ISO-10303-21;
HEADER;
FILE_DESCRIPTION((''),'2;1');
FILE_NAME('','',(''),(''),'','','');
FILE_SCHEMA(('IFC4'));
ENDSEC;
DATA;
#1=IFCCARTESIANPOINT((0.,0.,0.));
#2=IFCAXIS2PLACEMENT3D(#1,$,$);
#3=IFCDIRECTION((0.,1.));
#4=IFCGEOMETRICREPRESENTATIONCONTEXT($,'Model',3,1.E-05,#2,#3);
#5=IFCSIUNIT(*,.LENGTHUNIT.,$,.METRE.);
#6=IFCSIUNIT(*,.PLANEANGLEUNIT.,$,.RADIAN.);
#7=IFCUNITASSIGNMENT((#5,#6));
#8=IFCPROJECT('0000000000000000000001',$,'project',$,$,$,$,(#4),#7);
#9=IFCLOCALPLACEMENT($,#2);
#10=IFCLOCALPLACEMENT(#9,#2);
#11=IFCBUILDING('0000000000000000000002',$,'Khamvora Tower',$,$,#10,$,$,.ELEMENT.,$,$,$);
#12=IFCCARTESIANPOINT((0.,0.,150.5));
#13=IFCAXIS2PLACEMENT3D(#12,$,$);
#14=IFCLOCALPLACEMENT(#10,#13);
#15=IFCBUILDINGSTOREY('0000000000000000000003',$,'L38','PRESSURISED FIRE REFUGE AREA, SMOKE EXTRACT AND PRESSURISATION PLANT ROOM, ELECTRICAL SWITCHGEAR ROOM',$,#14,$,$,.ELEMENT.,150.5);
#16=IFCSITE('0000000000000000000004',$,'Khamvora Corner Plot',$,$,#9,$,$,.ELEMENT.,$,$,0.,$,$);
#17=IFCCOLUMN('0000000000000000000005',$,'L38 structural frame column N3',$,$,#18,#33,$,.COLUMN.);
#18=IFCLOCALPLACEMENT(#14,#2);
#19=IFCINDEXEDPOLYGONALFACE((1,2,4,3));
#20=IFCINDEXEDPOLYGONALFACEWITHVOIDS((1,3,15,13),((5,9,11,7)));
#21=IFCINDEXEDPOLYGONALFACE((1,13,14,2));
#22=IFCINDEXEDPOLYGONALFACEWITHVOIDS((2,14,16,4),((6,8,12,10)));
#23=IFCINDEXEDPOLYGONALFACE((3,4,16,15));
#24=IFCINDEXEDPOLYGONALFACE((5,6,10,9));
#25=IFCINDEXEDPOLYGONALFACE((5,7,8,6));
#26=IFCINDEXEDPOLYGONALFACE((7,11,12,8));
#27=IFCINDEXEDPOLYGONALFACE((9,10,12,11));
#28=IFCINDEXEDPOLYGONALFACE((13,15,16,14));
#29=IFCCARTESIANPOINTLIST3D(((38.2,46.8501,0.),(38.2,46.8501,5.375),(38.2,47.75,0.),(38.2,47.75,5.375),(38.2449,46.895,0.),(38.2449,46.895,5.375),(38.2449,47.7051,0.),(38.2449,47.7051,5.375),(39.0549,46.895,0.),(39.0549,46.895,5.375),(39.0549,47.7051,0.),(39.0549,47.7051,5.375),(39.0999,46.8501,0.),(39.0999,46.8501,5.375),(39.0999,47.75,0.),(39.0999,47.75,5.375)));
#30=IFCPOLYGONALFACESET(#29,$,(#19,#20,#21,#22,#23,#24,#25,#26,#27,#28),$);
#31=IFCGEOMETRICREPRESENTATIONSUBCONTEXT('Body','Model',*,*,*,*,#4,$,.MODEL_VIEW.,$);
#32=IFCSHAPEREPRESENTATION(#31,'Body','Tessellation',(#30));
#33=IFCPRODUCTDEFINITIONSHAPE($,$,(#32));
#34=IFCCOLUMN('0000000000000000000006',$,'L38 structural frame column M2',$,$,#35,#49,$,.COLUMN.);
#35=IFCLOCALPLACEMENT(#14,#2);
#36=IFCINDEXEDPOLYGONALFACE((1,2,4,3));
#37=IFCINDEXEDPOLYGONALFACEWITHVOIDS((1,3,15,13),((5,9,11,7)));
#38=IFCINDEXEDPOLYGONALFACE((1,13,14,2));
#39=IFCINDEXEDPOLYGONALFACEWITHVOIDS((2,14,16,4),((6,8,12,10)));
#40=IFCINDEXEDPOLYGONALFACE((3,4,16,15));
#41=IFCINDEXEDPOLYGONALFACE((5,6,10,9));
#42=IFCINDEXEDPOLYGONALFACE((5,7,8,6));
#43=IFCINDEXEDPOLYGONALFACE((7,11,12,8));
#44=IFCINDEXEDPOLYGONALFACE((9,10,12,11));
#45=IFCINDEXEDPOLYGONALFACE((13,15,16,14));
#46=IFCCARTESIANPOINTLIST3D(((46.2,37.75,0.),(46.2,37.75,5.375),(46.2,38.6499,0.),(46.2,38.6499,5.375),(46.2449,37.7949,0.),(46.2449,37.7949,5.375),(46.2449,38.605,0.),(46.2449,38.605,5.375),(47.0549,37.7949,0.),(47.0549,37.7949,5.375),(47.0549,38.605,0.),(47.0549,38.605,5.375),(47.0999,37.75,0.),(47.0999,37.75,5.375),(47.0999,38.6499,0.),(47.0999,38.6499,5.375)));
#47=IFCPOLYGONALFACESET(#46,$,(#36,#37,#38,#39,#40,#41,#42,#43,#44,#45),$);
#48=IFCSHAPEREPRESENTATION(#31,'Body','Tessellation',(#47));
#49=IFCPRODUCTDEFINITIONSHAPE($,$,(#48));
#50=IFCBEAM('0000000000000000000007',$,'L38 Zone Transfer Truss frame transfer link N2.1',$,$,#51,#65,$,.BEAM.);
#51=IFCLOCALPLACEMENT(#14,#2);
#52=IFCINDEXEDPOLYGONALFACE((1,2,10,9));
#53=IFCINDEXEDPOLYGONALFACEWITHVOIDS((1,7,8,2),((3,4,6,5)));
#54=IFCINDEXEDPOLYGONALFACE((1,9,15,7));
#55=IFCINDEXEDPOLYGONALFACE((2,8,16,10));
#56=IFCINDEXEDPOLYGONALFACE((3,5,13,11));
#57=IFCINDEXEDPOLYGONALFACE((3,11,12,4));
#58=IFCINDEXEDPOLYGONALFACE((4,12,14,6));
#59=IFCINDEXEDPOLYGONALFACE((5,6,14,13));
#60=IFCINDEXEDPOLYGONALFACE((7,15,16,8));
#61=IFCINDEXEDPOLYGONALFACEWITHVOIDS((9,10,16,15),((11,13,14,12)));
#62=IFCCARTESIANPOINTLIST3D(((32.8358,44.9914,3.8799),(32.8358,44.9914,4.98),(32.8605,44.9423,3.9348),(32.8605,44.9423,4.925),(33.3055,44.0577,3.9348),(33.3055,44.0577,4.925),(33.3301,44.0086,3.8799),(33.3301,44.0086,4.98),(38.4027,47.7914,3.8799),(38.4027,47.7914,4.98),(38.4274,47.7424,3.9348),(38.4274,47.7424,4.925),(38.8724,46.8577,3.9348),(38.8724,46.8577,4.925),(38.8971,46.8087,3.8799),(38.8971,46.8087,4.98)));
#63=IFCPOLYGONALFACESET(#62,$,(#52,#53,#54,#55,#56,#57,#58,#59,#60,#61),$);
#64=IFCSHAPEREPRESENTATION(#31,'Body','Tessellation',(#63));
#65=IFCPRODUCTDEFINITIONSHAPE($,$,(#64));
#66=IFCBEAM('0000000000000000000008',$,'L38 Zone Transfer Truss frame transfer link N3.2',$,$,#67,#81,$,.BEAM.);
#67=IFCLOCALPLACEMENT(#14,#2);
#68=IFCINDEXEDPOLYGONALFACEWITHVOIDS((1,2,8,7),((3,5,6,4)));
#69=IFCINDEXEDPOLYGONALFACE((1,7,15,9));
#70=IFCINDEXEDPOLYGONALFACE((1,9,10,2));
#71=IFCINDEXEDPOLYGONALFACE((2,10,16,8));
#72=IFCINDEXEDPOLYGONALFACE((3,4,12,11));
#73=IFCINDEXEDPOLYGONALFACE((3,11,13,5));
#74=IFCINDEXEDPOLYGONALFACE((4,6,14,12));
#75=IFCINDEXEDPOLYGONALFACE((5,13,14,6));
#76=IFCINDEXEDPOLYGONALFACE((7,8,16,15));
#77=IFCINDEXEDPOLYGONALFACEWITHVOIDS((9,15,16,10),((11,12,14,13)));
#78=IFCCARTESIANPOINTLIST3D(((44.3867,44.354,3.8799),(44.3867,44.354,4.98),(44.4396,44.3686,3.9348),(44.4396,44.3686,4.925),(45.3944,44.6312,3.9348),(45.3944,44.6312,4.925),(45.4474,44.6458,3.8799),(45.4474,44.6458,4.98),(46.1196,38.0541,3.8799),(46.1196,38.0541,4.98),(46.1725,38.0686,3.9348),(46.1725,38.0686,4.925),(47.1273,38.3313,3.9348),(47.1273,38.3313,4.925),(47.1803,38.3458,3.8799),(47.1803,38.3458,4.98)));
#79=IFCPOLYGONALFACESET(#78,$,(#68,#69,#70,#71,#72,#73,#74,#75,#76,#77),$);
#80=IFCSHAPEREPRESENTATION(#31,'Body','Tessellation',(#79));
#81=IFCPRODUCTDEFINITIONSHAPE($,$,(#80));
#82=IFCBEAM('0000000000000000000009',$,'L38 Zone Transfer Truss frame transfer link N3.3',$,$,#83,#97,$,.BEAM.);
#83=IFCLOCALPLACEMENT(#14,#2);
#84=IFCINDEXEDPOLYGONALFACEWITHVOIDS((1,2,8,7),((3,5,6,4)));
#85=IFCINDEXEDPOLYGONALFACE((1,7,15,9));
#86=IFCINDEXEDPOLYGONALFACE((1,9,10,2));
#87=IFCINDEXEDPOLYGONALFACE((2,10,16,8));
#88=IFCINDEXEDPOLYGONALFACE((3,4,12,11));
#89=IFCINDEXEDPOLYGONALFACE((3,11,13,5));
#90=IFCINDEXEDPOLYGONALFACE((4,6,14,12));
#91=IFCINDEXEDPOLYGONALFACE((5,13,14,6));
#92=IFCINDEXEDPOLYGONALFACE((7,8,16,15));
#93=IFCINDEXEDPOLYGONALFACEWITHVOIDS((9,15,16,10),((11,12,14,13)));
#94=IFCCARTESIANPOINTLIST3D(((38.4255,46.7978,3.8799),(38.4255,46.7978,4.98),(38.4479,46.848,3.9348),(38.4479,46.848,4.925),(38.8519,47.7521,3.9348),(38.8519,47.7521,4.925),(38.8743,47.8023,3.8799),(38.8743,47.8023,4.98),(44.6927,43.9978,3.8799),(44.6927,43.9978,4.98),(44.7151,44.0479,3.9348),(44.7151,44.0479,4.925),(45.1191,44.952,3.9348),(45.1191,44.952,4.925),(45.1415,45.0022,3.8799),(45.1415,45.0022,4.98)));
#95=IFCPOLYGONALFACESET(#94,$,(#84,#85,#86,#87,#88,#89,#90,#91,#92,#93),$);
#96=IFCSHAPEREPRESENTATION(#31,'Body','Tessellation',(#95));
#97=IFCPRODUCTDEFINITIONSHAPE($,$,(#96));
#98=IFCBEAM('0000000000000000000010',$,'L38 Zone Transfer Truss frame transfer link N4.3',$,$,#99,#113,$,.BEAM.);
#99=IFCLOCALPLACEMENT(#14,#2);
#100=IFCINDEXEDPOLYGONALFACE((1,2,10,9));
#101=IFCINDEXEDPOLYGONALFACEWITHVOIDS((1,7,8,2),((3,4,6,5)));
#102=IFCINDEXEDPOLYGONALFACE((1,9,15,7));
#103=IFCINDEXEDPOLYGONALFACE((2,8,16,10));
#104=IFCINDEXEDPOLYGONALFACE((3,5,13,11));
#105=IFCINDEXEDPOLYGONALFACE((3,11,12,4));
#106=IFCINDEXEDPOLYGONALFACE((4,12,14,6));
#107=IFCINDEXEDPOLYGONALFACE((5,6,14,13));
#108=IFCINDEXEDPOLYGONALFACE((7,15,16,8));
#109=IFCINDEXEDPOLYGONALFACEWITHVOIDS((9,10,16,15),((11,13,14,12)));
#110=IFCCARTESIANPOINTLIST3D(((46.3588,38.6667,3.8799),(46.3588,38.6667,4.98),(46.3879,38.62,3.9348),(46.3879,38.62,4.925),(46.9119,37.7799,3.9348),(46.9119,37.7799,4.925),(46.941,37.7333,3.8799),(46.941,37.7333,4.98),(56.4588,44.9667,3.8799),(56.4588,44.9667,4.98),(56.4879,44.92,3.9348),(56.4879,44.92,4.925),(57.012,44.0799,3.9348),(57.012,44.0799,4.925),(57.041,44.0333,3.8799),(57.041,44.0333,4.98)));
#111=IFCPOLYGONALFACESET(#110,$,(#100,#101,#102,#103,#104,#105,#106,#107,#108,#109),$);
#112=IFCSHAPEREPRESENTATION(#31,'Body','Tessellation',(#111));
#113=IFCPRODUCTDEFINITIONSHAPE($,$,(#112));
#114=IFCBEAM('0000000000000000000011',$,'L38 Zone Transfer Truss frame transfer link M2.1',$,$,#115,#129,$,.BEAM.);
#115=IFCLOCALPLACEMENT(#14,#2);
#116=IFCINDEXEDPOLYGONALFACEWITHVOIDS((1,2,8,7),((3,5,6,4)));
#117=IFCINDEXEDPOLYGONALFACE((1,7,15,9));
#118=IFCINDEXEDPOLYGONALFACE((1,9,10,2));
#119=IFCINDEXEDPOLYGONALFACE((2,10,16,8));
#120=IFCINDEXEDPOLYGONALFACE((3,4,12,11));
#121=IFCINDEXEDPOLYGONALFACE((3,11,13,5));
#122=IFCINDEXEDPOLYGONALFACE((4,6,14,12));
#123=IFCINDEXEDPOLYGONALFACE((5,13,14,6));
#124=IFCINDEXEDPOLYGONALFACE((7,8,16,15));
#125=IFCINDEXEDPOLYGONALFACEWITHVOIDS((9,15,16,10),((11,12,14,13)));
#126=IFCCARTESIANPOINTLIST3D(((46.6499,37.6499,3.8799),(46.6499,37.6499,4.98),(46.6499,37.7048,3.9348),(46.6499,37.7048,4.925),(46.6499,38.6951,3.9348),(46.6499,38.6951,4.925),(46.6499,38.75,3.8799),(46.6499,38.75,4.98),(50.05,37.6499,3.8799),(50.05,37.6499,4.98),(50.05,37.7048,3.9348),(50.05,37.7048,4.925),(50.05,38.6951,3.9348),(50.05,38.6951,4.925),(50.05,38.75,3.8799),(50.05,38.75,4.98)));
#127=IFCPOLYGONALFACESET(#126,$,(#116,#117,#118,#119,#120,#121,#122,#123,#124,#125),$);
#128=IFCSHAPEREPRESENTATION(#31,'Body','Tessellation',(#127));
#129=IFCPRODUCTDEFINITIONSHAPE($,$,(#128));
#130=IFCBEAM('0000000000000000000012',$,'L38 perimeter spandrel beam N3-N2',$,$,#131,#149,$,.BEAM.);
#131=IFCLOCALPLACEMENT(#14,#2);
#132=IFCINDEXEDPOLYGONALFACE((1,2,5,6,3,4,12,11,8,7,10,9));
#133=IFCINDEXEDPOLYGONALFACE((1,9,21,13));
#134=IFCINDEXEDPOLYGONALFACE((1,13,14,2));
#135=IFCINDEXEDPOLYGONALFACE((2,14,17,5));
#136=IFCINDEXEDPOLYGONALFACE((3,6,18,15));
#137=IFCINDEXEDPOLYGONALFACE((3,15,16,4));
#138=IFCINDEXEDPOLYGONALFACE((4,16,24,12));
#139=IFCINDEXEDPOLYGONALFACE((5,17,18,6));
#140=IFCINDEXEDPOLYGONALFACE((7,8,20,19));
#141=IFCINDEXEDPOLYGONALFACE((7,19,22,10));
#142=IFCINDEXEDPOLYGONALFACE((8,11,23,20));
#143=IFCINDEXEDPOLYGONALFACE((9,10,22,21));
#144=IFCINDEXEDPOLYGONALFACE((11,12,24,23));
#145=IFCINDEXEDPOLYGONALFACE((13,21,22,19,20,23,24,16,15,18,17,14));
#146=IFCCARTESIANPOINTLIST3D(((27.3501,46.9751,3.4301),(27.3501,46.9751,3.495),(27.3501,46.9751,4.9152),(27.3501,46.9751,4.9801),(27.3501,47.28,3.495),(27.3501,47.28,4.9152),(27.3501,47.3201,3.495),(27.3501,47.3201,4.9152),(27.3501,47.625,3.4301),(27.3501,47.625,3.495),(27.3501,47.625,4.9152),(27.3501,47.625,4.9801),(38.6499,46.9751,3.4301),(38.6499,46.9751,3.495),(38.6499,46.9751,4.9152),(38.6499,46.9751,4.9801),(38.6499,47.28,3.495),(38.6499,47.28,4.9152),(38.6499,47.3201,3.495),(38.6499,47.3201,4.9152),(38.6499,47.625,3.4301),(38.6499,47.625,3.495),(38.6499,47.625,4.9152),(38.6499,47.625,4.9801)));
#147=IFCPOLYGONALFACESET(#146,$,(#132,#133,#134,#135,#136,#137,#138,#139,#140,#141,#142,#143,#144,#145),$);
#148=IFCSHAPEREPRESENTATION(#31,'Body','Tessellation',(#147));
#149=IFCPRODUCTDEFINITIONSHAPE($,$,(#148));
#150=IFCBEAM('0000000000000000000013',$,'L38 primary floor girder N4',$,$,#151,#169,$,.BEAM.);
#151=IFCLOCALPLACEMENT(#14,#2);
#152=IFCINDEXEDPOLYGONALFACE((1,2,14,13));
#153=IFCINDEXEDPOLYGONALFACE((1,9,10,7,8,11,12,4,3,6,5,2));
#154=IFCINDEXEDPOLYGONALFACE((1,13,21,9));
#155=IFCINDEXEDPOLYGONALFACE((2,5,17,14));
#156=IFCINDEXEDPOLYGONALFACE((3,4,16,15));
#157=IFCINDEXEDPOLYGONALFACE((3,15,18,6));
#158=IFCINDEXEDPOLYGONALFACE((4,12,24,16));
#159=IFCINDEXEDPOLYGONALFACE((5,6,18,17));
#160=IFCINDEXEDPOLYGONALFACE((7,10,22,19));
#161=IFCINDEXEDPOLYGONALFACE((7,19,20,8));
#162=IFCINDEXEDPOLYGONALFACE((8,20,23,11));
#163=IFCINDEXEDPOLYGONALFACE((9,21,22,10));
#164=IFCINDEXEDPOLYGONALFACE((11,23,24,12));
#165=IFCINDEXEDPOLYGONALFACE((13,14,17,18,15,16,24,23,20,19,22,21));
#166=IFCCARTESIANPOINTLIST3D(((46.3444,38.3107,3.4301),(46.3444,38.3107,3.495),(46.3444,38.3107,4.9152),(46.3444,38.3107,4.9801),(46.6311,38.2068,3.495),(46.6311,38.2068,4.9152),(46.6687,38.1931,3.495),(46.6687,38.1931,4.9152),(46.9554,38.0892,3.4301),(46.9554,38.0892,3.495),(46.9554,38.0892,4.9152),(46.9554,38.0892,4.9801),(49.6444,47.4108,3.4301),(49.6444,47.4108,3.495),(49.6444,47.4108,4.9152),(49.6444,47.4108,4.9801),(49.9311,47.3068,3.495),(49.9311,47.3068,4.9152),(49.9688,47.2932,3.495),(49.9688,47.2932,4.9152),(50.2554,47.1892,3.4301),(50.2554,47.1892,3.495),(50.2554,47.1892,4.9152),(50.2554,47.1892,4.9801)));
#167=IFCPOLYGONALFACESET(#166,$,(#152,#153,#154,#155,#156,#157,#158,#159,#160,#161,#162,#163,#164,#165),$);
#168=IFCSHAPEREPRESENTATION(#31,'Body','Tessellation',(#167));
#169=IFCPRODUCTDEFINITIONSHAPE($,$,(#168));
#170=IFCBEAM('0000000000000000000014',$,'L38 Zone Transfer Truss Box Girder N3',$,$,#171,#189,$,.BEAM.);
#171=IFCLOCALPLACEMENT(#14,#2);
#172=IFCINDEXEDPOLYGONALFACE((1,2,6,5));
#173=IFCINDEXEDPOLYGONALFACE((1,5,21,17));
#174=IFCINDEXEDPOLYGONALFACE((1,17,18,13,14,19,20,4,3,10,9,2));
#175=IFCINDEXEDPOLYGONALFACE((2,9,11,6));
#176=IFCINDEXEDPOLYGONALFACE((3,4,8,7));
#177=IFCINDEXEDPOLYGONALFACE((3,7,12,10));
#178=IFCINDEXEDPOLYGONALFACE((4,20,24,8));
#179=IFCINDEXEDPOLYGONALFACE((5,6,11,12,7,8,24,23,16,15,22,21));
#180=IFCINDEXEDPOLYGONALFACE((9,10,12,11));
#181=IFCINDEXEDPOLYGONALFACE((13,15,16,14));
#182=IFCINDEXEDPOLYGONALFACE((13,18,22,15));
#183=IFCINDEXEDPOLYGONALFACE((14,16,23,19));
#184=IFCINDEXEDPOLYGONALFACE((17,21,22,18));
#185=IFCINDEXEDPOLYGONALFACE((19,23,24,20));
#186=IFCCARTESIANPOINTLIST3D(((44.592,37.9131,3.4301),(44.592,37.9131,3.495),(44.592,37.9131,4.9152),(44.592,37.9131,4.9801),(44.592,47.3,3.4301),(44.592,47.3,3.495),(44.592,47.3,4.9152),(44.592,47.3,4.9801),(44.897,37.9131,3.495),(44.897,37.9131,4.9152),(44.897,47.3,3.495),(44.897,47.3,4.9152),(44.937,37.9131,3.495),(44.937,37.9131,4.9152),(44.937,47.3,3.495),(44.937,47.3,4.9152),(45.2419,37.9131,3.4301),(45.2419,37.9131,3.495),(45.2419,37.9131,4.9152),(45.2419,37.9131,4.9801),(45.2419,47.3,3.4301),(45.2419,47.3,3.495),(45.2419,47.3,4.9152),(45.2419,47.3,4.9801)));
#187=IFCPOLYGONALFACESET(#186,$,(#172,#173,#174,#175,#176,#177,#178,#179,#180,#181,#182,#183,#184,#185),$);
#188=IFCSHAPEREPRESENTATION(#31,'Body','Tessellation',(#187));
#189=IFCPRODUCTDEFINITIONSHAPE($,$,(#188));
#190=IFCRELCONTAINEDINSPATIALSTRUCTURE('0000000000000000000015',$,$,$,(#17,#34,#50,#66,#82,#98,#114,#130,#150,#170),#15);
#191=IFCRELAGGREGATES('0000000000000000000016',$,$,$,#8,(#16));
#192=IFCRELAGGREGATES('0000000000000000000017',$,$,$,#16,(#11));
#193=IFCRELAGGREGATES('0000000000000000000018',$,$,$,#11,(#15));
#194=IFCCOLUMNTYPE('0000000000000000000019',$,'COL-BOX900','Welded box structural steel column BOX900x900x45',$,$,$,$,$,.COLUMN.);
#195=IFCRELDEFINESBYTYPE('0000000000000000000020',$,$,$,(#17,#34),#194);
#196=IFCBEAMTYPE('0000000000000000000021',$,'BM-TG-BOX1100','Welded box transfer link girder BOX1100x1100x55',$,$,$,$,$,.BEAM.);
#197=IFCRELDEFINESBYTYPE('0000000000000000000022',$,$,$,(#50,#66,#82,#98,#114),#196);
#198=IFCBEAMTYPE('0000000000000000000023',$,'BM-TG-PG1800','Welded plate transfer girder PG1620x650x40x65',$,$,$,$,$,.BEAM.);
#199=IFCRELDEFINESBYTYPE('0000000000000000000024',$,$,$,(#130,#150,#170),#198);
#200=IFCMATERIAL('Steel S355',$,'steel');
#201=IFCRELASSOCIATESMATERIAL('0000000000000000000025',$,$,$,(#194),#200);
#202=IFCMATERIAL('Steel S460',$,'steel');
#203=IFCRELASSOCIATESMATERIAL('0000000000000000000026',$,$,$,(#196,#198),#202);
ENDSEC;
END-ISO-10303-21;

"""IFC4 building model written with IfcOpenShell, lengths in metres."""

from ifc_helpers import new_model, si_unit, direction, frame, origin, origin_2d, place, context, subcontext, project, spatial, hollow_rectangle, i_section, extrude, material, material_profile, profile_set, type_object, element, save


model = new_model("IFC4")

# Units and contexts
model_context = context("Model", 3, precision=1e-05, world=origin(), true_north=direction((0.0, 1.0)))
body_context = subcontext(model_context, "Body", "Model", "MODEL_VIEW")
ifc_project = project(units=[si_unit("LENGTHUNIT", "METRE"), si_unit("PLANEANGLEUNIT", "RADIAN")], contexts=[model_context])

# Site, building, storey
site_placement = place(None, origin())
site = spatial("IfcSite", under=ifc_project, at=site_placement, Name="Khamvora Corner Plot", CompositionType="ELEMENT", RefElevation=0.0)
building_placement = place(site_placement, origin())
building = spatial("IfcBuilding", under=site, at=building_placement, Name="Khamvora Tower", CompositionType="ELEMENT")
storey_placement = place(building_placement, frame((0.0, 0.0, 150.5)))
storey = spatial("IfcBuildingStorey", under=building, at=storey_placement, Name="L38", Description="PRESSURISED FIRE REFUGE AREA, SMOKE EXTRACT AND PRESSURISATION PLANT ROOM, ELECTRICAL SWITCHGEAR ROOM", CompositionType="ELEMENT", Elevation=150.5)

# Columns
ifc_material_1 = material(Name="Steel S355", Category="steel")
ifc_material_profile_1 = material_profile(ifc_material_1, hollow_rectangle(XDim=0.8999, YDim=0.8999, WallThickness=0.0449, at=origin_2d()), Name="BOX900x900x45")
ifc_profile_set_1 = profile_set([ifc_material_profile_1], Name="Steel S355")
column_type = type_object("IfcColumnType", Name="COL-BOX900", Description="Welded box structural steel column BOX900x900x45", PredefinedType="COLUMN", material=ifc_profile_set_1)
for number, where, z_axis, x_axis, name in (
    (1, (38.6499, 47.3, 0.0), (0.0, 0.0, 1.0), (1.0, 0.0, 0.0), "L38 structural frame column N3"),
    (2, (46.6499, 38.2, 0.0), (0.0, 0.0, 1.0), (1.0, 0.0, 0.0), "L38 structural frame column M2"),
):
    element("IfcColumn", number, at=place(storey_placement, frame(where, z_axis=z_axis, x_axis=x_axis)), inside=storey, type_object=column_type, Name=name, PredefinedType="COLUMN", context=body_context, shape_type="SweptSolid", body=[
        extrude(hollow_rectangle(XDim=0.8999, YDim=0.8999, WallThickness=0.0449, at=origin_2d()), origin(), (0.0, 0.0, 1.0), 5.375),
    ])

# Beams
ifc_material_2 = material(Name="Steel S460", Category="steel")
ifc_material_profile_2 = material_profile(ifc_material_2, hollow_rectangle(XDim=1.1001, YDim=1.1001, WallThickness=0.0549, at=origin_2d()), Name="BOX1100x1100x55")
ifc_profile_set_2 = profile_set([ifc_material_profile_2], Name="Steel S460")
beam_type_1 = type_object("IfcBeamType", Name="BM-TG-BOX1100", Description="Welded box transfer link girder BOX1100x1100x55", PredefinedType="BEAM", material=ifc_profile_set_2)
beam_1_placement = place(storey_placement, frame((38.6499, 47.3, 4.4299), z_axis=(-0.893359, -0.449344, 0.0), x_axis=(0.449344, -0.893359, 0.0)))
element("IfcBeam", 3, at=beam_1_placement, inside=storey, type_object=beam_type_1, Name="L38 Zone Transfer Truss frame transfer link N2.1", PredefinedType="BEAM", context=body_context, shape_type="SweptSolid", body=[
    extrude(hollow_rectangle(XDim=1.1001, YDim=1.1001, WallThickness=0.0549, at=origin_2d()), origin(), (0.0, 0.0, 1.0), 6.2314),
])
beam_2_placement = place(storey_placement, frame((46.6499, 38.2, 4.4299), z_axis=(-0.265213, 0.96419, 0.0), x_axis=(-0.96419, -0.265213, 0.0)))
element("IfcBeam", 4, at=beam_2_placement, inside=storey, type_object=beam_type_1, Name="L38 Zone Transfer Truss frame transfer link N3.2", PredefinedType="BEAM", context=body_context, shape_type="SweptSolid", body=[
    extrude(hollow_rectangle(XDim=1.1001, YDim=1.1001, WallThickness=0.0549, at=origin_2d()), origin(), (0.0, 0.0, 1.0), 6.5339),
])
beam_3_placement = place(storey_placement, frame((38.6499, 47.3, 4.4299), z_axis=(0.913016, -0.407923, 0.0), x_axis=(0.407923, 0.913016, 0.0)))
element("IfcBeam", 5, at=beam_3_placement, inside=storey, type_object=beam_type_1, Name="L38 Zone Transfer Truss frame transfer link N3.3", PredefinedType="BEAM", context=body_context, shape_type="SweptSolid", body=[
    extrude(hollow_rectangle(XDim=1.1001, YDim=1.1001, WallThickness=0.0549, at=origin_2d()), origin(), (0.0, 0.0, 1.0), 6.8643),
])
beam_4_placement = place(storey_placement, frame((46.6499, 38.2, 4.4299), z_axis=(0.84847, 0.529243, 0.0), x_axis=(-0.529243, 0.84847, 0.0)))
element("IfcBeam", 6, at=beam_4_placement, inside=storey, type_object=beam_type_1, Name="L38 Zone Transfer Truss frame transfer link N4.3", PredefinedType="BEAM", context=body_context, shape_type="SweptSolid", body=[
    extrude(hollow_rectangle(XDim=1.1001, YDim=1.1001, WallThickness=0.0549, at=origin_2d()), origin(), (0.0, 0.0, 1.0), 11.9038),
])
beam_5_placement = place(storey_placement, frame((46.6499, 38.2, 4.4299), z_axis=(1.0, 0.0, 0.0), x_axis=(0.0, 1.0, 0.0)))
element("IfcBeam", 7, at=beam_5_placement, inside=storey, type_object=beam_type_1, Name="L38 Zone Transfer Truss frame transfer link M2.1", PredefinedType="BEAM", context=body_context, shape_type="SweptSolid", body=[
    extrude(hollow_rectangle(XDim=1.1001, YDim=1.1001, WallThickness=0.0549, at=origin_2d()), origin(), (0.0, 0.0, 1.0), 3.4001),
])
ifc_material_profile_3 = material_profile(ifc_material_2, i_section(OverallWidth=0.6499, OverallDepth=1.55, WebThickness=0.04, FlangeThickness=0.0649, at=origin_2d()), Name="PG1550x650x40x65")
ifc_profile_set_3 = profile_set([ifc_material_profile_3], Name="Steel S460")
beam_type_2 = type_object("IfcBeamType", Name="BM-TG-PG1800", Description="Welded plate transfer girder PG1620x650x40x65", PredefinedType="BEAM", material=ifc_profile_set_3)
beam_6_placement = place(storey_placement, frame((38.6499, 47.3, 4.2051), z_axis=(-1.0, 0.0, 0.0), x_axis=(0.0, -1.0, 0.0)))
element("IfcBeam", 8, at=beam_6_placement, inside=storey, type_object=beam_type_2, Name="L38 perimeter spandrel beam N3-N2", PredefinedType="BEAM", context=body_context, shape_type="SweptSolid", body=[
    extrude(i_section(OverallWidth=0.6499, OverallDepth=1.55, WebThickness=0.04, FlangeThickness=0.0649, at=origin_2d()), origin(), (0.0, 0.0, 1.0), 11.2998),
])
beam_7_placement = place(storey_placement, frame((46.6499, 38.2, 4.2051), z_axis=(0.340915, 0.940094, 0.0), x_axis=(-0.940094, 0.340915, 0.0)))
element("IfcBeam", 9, at=beam_7_placement, inside=storey, type_object=beam_type_2, Name="L38 primary floor girder N4", PredefinedType="BEAM", context=body_context, shape_type="SweptSolid", body=[
    extrude(i_section(OverallWidth=0.6499, OverallDepth=1.55, WebThickness=0.04, FlangeThickness=0.0649, at=origin_2d()), origin(), (0.0, 0.0, 1.0), 9.6799),
])
beam_8_placement = place(storey_placement, frame((44.917, 37.9131, 4.2051), z_axis=(0.0, 1.0, 0.0), x_axis=(-1.0, 0.0, 0.0)))
element("IfcBeam", 10, at=beam_8_placement, inside=storey, type_object=beam_type_2, Name="L38 Zone Transfer Truss Box Girder N3", PredefinedType="BEAM", context=body_context, shape_type="SweptSolid", body=[
    extrude(i_section(OverallWidth=0.6499, OverallDepth=1.55, WebThickness=0.04, FlangeThickness=0.0649, at=origin_2d()), origin(), (0.0, 0.0, 1.0), 9.387),
])

save(model, "model.ifc")
